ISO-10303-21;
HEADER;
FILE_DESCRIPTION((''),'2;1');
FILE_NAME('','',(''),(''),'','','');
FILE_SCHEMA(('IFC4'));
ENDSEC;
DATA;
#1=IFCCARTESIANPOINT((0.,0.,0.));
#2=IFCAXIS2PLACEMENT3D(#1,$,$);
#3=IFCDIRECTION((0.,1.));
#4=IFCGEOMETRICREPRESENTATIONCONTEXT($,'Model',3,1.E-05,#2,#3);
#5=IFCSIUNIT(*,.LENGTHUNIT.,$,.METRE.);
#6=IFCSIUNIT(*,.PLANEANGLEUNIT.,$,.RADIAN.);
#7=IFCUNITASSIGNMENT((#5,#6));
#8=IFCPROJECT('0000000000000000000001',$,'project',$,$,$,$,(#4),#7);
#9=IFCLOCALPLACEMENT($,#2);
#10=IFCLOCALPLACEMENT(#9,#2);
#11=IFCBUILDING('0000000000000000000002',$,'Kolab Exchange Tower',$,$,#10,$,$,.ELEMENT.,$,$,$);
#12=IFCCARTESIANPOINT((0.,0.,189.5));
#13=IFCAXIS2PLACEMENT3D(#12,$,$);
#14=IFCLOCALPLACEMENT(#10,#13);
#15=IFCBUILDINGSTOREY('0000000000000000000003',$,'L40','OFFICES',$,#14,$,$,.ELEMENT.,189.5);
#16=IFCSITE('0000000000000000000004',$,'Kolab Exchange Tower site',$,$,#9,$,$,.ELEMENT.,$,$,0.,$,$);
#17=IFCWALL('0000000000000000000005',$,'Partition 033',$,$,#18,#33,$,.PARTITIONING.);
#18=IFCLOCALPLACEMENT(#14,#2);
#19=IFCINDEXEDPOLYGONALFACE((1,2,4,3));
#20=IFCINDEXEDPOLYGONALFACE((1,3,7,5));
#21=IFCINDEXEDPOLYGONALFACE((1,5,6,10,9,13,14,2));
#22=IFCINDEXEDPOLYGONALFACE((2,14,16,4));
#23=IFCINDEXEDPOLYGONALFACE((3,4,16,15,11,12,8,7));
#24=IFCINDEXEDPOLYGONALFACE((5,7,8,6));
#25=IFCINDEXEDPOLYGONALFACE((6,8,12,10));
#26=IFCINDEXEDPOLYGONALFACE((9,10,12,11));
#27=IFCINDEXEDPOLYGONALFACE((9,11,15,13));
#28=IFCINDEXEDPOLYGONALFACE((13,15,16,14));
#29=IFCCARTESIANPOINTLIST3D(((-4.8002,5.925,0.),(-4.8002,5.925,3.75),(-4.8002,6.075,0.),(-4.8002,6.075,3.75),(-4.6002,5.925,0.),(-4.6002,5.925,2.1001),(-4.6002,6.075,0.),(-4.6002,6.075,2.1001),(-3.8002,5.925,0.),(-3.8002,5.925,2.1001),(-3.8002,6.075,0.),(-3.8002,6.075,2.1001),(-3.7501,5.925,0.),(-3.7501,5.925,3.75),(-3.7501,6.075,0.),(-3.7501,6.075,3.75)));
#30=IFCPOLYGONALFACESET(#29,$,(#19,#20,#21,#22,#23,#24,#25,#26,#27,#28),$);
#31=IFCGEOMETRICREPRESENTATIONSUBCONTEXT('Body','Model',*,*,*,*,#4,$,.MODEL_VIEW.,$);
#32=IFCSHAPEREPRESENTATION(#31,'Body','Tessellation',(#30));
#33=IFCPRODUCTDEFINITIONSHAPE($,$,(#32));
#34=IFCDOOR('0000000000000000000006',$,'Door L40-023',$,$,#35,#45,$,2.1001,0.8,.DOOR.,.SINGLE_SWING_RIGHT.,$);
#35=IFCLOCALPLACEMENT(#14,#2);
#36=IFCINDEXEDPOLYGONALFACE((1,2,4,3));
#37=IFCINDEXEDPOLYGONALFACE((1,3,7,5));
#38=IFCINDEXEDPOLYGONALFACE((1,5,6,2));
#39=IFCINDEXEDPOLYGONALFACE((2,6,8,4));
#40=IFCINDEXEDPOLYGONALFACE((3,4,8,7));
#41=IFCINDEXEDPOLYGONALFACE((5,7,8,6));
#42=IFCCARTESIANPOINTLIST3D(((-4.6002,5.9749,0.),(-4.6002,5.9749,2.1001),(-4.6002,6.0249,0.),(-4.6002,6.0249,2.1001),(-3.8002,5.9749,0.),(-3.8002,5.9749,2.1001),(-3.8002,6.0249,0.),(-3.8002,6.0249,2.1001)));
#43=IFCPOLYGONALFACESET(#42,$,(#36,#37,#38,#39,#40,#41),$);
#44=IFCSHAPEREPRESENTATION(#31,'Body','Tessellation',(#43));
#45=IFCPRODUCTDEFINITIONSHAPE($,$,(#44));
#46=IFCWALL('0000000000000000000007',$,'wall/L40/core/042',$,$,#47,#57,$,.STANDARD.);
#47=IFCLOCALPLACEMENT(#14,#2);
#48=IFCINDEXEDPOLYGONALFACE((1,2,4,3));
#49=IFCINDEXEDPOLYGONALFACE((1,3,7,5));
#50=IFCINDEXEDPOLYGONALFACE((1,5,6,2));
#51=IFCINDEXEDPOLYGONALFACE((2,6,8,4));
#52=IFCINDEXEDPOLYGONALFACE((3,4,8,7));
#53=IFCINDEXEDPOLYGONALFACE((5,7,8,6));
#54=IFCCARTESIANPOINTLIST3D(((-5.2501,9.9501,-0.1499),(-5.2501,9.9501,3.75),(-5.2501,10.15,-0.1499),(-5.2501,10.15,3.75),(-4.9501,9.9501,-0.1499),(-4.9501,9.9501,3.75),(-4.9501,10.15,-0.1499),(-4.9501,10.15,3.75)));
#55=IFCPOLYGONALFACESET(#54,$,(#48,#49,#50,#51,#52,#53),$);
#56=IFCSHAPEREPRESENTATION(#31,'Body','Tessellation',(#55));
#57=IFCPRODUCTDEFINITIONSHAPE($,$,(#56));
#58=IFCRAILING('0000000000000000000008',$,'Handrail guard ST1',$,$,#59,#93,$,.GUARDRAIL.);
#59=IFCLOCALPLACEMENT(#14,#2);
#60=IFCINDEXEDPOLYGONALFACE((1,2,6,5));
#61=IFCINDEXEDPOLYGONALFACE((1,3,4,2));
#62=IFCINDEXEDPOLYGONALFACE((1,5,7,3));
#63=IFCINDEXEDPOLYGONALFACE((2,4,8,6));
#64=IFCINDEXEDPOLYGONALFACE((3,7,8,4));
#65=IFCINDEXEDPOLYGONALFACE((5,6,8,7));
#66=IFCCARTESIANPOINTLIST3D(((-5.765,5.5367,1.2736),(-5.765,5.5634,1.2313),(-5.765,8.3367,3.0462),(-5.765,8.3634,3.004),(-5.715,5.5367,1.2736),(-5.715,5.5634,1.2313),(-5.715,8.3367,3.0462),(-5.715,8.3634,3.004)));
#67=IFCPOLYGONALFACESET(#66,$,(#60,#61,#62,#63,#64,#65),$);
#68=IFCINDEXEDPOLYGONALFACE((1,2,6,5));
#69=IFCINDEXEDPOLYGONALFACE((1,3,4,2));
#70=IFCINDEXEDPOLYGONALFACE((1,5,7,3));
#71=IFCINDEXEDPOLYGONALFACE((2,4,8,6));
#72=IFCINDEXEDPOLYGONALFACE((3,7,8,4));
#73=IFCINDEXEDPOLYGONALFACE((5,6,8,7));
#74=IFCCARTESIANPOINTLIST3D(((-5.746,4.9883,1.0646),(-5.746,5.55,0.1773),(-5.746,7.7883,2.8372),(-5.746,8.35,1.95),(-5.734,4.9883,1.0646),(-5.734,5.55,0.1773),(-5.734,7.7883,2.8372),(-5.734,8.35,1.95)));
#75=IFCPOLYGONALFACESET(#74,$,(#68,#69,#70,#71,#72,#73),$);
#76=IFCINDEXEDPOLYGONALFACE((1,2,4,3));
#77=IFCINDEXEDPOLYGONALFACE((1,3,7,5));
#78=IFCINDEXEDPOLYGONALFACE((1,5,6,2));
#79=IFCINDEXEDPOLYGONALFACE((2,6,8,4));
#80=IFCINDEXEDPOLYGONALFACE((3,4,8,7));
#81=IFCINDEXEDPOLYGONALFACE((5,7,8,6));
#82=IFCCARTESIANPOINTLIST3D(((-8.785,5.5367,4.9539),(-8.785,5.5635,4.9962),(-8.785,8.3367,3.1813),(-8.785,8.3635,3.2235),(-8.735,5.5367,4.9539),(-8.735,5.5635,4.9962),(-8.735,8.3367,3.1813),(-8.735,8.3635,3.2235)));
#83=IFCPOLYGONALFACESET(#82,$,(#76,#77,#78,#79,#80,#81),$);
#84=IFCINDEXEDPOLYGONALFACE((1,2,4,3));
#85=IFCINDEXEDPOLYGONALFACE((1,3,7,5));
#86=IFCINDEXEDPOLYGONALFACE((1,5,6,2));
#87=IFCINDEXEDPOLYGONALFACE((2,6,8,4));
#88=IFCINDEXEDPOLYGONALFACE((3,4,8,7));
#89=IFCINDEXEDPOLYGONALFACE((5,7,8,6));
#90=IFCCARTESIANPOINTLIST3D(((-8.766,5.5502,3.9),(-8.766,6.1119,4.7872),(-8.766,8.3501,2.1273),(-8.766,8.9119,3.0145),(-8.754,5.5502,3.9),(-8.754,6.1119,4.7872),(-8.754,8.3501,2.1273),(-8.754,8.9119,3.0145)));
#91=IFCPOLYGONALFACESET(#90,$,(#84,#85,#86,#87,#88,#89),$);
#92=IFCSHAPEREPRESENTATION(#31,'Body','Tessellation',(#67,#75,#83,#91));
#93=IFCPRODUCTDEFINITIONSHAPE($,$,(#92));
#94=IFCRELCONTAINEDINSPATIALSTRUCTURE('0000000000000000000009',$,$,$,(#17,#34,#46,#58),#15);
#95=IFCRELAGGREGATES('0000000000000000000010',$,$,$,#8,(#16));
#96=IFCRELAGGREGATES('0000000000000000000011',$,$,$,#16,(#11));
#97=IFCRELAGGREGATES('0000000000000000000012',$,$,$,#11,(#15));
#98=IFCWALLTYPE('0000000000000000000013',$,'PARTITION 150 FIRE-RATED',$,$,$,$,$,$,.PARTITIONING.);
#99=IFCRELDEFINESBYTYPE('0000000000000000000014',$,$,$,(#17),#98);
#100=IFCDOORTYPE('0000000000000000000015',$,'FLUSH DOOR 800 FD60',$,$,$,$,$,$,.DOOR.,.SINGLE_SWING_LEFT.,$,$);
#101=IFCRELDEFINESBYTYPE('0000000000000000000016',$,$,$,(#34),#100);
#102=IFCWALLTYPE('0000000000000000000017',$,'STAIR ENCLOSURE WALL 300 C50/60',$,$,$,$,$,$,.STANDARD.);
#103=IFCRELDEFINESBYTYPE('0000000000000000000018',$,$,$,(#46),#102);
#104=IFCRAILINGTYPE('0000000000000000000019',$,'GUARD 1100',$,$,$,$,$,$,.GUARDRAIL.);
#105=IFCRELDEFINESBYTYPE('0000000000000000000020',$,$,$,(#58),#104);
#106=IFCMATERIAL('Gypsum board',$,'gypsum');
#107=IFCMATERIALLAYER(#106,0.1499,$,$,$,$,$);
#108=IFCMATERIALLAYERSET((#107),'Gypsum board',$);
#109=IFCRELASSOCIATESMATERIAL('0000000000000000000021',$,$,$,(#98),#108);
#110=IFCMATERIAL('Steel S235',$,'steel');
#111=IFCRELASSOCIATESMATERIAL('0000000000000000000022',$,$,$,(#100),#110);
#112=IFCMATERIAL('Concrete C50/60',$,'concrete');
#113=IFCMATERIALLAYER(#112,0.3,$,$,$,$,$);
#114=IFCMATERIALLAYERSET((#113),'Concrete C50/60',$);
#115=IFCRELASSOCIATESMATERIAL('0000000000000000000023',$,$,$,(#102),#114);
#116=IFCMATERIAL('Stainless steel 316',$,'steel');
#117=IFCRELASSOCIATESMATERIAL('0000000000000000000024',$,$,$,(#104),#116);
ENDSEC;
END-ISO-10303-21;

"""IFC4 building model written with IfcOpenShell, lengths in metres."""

from ifc_helpers import new_model, si_unit, direction, frame, frame_2d, origin, origin_2d, place, context, subcontext, project, spatial, rectangle, extrude, material, layer, layer_set, type_object, element, fill, save


model = new_model("IFC4")

# Units and contexts
model_context = context("Model", 3, precision=1e-05, world=origin(), true_north=direction((0.0, 1.0)))
body_context = subcontext(model_context, "Body", "Model", "MODEL_VIEW")
ifc_project = project(units=[si_unit("LENGTHUNIT", "METRE"), si_unit("PLANEANGLEUNIT", "RADIAN")], contexts=[model_context])

# Site, building, storey
site_placement = place(None, origin())
site = spatial("IfcSite", under=ifc_project, at=site_placement, Name="Kolab Exchange Tower site", CompositionType="ELEMENT", RefElevation=0.0)
building_placement = place(site_placement, origin())
building = spatial("IfcBuilding", under=site, at=building_placement, Name="Kolab Exchange Tower", CompositionType="ELEMENT")
storey_placement = place(building_placement, frame((0.0, 0.0, 189.5)))
storey = spatial("IfcBuildingStorey", under=building, at=storey_placement, Name="L40", Description="OFFICES", CompositionType="ELEMENT", Elevation=189.5)

# Shared definitions
ifc_material_1 = material(Name="Steel S235", Category="steel")
ifc_material_2 = material(Name="Concrete C50/60", Category="concrete")
ifc_material_3 = material(Name="Stainless steel 316", Category="steel")

# Shared definitions
ifc_material_4 = material(Name="Gypsum board", Category="gypsum")
ifc_layer_1 = layer(ifc_material_4, 0.1499)
ifc_layer_set_1 = layer_set([ifc_layer_1], Name="Gypsum board")
wall_type_1 = type_object("IfcWallType", Name="PARTITION 150 FIRE-RATED", PredefinedType="PARTITIONING", material=ifc_layer_set_1)

# Wall, opening, door
wall_1_placement = place(storey_placement, frame((-4.8, 6.0, 0.0), z_axis=(0.0, 0.0, 1.0), x_axis=(1.0, 0.0, 0.0)))
wall_1 = element("IfcWall", 1, at=wall_1_placement, inside=storey, type_object=wall_type_1, Name="Partition 033", PredefinedType="PARTITIONING", context=body_context, shape_type="SweptSolid", body=[
    extrude(rectangle(XDim=1.05, YDim=0.1499, at=frame_2d((0.5249, 0.0))), origin(), (0.0, 0.0, 1.0), 3.75),
])
opening_1_placement = place(wall_1_placement, frame((0.2, 0.0, 0.0)))
opening_1 = element("IfcOpeningElement", 2, at=opening_1_placement, cuts=wall_1, PredefinedType="OPENING", context=body_context, shape_type="SweptSolid", body=[
    extrude(rectangle(XDim=0.8, YDim=2.1001, at=frame_2d((0.3999, 1.05))), frame((0.0, 0.085, 0.0), z_axis=(0.0, -1.0, 0.0), x_axis=(1.0, 0.0, 0.0)), (0.0, 0.0, 1.0), 0.1699),
])
door_type_1 = type_object("IfcDoorType", Name="FLUSH DOOR 800 FD60", OperationType="SINGLE_SWING_LEFT", PredefinedType="DOOR", material=ifc_material_1)
door_1_placement = place(opening_1_placement, origin())
door_1 = element("IfcDoor", 3, at=door_1_placement, inside=storey, type_object=door_type_1, Name="Door L40-023", OperationType="SINGLE_SWING_RIGHT", OverallHeight=2.1001, OverallWidth=0.8, PredefinedType="DOOR", context=body_context, shape_type="SweptSolid", body=[
    extrude(rectangle(XDim=0.8, YDim=2.1001, at=frame_2d((0.3999, 1.05))), frame((0.0, 0.0249, 0.0), z_axis=(0.0, -1.0, 0.0), x_axis=(1.0, 0.0, 0.0)), (0.0, 0.0, 1.0), 0.05),
])
fill(opening_1, door_1)

# Wall
ifc_layer_2 = layer(ifc_material_2, 0.3)
ifc_layer_set_2 = layer_set([ifc_layer_2], Name="Concrete C50/60")
wall_type_2 = type_object("IfcWallType", Name="STAIR ENCLOSURE WALL 300 C50/60", PredefinedType="STANDARD", material=ifc_layer_set_2)
wall_2_placement = place(storey_placement, frame((-5.1001, 9.95, -0.1499), z_axis=(0.0, 0.0, 1.0), x_axis=(0.0, 1.0, 0.0)))
element("IfcWall", 4, at=wall_2_placement, inside=storey, type_object=wall_type_2, Name="wall/L40/core/042", PredefinedType="STANDARD", context=body_context, shape_type="SweptSolid", body=[
    extrude(rectangle(XDim=0.2, YDim=0.3, at=frame_2d((0.1001, 0.0))), origin(), (0.0, 0.0, 1.0), 3.8999),
])

# Railing
railing_type = type_object("IfcRailingType", Name="GUARD 1100", PredefinedType="GUARDRAIL", material=ifc_material_3)
railing_placement = place(storey_placement, frame((-5.74, 5.55, 0.1772)))
element("IfcRailing", 5, at=railing_placement, inside=storey, type_object=railing_type, Name="Handrail guard ST1", PredefinedType="GUARDRAIL", context=body_context, shape_type="SweptSolid", body=[
    extrude(rectangle(XDim=0.05, YDim=0.05, at=origin_2d()), frame((0.0, 0.0, 1.0752), z_axis=(0.0, 0.844909, 0.53491), x_axis=(-1.0, 0.0, 0.0)), (0.0, 0.0, 1.0), 3.314),
    extrude(rectangle(XDim=0.012, YDim=1.0501, at=frame_2d((0.0, 0.5251))), frame((0.0, 0.0, 0.0), z_axis=(0.0, 0.844909, 0.53491), x_axis=(-1.0, 0.0, 0.0)), (0.0, 0.0, 1.0), 3.314),
    extrude(rectangle(XDim=0.05, YDim=0.05, at=origin_2d()), frame((-3.02, 2.8, 3.0251), z_axis=(0.0, -0.844909, 0.53491), x_axis=(1.0, 0.0, 0.0)), (0.0, 0.0, 1.0), 3.314),
    extrude(rectangle(XDim=0.012, YDim=1.0501, at=frame_2d((0.0, 0.5251))), frame((-3.02, 2.8, 1.95), z_axis=(0.0, -0.844909, 0.53491), x_axis=(1.0, 0.0, 0.0)), (0.0, 0.0, 1.0), 3.314),
])

save(model, "model.ifc")
